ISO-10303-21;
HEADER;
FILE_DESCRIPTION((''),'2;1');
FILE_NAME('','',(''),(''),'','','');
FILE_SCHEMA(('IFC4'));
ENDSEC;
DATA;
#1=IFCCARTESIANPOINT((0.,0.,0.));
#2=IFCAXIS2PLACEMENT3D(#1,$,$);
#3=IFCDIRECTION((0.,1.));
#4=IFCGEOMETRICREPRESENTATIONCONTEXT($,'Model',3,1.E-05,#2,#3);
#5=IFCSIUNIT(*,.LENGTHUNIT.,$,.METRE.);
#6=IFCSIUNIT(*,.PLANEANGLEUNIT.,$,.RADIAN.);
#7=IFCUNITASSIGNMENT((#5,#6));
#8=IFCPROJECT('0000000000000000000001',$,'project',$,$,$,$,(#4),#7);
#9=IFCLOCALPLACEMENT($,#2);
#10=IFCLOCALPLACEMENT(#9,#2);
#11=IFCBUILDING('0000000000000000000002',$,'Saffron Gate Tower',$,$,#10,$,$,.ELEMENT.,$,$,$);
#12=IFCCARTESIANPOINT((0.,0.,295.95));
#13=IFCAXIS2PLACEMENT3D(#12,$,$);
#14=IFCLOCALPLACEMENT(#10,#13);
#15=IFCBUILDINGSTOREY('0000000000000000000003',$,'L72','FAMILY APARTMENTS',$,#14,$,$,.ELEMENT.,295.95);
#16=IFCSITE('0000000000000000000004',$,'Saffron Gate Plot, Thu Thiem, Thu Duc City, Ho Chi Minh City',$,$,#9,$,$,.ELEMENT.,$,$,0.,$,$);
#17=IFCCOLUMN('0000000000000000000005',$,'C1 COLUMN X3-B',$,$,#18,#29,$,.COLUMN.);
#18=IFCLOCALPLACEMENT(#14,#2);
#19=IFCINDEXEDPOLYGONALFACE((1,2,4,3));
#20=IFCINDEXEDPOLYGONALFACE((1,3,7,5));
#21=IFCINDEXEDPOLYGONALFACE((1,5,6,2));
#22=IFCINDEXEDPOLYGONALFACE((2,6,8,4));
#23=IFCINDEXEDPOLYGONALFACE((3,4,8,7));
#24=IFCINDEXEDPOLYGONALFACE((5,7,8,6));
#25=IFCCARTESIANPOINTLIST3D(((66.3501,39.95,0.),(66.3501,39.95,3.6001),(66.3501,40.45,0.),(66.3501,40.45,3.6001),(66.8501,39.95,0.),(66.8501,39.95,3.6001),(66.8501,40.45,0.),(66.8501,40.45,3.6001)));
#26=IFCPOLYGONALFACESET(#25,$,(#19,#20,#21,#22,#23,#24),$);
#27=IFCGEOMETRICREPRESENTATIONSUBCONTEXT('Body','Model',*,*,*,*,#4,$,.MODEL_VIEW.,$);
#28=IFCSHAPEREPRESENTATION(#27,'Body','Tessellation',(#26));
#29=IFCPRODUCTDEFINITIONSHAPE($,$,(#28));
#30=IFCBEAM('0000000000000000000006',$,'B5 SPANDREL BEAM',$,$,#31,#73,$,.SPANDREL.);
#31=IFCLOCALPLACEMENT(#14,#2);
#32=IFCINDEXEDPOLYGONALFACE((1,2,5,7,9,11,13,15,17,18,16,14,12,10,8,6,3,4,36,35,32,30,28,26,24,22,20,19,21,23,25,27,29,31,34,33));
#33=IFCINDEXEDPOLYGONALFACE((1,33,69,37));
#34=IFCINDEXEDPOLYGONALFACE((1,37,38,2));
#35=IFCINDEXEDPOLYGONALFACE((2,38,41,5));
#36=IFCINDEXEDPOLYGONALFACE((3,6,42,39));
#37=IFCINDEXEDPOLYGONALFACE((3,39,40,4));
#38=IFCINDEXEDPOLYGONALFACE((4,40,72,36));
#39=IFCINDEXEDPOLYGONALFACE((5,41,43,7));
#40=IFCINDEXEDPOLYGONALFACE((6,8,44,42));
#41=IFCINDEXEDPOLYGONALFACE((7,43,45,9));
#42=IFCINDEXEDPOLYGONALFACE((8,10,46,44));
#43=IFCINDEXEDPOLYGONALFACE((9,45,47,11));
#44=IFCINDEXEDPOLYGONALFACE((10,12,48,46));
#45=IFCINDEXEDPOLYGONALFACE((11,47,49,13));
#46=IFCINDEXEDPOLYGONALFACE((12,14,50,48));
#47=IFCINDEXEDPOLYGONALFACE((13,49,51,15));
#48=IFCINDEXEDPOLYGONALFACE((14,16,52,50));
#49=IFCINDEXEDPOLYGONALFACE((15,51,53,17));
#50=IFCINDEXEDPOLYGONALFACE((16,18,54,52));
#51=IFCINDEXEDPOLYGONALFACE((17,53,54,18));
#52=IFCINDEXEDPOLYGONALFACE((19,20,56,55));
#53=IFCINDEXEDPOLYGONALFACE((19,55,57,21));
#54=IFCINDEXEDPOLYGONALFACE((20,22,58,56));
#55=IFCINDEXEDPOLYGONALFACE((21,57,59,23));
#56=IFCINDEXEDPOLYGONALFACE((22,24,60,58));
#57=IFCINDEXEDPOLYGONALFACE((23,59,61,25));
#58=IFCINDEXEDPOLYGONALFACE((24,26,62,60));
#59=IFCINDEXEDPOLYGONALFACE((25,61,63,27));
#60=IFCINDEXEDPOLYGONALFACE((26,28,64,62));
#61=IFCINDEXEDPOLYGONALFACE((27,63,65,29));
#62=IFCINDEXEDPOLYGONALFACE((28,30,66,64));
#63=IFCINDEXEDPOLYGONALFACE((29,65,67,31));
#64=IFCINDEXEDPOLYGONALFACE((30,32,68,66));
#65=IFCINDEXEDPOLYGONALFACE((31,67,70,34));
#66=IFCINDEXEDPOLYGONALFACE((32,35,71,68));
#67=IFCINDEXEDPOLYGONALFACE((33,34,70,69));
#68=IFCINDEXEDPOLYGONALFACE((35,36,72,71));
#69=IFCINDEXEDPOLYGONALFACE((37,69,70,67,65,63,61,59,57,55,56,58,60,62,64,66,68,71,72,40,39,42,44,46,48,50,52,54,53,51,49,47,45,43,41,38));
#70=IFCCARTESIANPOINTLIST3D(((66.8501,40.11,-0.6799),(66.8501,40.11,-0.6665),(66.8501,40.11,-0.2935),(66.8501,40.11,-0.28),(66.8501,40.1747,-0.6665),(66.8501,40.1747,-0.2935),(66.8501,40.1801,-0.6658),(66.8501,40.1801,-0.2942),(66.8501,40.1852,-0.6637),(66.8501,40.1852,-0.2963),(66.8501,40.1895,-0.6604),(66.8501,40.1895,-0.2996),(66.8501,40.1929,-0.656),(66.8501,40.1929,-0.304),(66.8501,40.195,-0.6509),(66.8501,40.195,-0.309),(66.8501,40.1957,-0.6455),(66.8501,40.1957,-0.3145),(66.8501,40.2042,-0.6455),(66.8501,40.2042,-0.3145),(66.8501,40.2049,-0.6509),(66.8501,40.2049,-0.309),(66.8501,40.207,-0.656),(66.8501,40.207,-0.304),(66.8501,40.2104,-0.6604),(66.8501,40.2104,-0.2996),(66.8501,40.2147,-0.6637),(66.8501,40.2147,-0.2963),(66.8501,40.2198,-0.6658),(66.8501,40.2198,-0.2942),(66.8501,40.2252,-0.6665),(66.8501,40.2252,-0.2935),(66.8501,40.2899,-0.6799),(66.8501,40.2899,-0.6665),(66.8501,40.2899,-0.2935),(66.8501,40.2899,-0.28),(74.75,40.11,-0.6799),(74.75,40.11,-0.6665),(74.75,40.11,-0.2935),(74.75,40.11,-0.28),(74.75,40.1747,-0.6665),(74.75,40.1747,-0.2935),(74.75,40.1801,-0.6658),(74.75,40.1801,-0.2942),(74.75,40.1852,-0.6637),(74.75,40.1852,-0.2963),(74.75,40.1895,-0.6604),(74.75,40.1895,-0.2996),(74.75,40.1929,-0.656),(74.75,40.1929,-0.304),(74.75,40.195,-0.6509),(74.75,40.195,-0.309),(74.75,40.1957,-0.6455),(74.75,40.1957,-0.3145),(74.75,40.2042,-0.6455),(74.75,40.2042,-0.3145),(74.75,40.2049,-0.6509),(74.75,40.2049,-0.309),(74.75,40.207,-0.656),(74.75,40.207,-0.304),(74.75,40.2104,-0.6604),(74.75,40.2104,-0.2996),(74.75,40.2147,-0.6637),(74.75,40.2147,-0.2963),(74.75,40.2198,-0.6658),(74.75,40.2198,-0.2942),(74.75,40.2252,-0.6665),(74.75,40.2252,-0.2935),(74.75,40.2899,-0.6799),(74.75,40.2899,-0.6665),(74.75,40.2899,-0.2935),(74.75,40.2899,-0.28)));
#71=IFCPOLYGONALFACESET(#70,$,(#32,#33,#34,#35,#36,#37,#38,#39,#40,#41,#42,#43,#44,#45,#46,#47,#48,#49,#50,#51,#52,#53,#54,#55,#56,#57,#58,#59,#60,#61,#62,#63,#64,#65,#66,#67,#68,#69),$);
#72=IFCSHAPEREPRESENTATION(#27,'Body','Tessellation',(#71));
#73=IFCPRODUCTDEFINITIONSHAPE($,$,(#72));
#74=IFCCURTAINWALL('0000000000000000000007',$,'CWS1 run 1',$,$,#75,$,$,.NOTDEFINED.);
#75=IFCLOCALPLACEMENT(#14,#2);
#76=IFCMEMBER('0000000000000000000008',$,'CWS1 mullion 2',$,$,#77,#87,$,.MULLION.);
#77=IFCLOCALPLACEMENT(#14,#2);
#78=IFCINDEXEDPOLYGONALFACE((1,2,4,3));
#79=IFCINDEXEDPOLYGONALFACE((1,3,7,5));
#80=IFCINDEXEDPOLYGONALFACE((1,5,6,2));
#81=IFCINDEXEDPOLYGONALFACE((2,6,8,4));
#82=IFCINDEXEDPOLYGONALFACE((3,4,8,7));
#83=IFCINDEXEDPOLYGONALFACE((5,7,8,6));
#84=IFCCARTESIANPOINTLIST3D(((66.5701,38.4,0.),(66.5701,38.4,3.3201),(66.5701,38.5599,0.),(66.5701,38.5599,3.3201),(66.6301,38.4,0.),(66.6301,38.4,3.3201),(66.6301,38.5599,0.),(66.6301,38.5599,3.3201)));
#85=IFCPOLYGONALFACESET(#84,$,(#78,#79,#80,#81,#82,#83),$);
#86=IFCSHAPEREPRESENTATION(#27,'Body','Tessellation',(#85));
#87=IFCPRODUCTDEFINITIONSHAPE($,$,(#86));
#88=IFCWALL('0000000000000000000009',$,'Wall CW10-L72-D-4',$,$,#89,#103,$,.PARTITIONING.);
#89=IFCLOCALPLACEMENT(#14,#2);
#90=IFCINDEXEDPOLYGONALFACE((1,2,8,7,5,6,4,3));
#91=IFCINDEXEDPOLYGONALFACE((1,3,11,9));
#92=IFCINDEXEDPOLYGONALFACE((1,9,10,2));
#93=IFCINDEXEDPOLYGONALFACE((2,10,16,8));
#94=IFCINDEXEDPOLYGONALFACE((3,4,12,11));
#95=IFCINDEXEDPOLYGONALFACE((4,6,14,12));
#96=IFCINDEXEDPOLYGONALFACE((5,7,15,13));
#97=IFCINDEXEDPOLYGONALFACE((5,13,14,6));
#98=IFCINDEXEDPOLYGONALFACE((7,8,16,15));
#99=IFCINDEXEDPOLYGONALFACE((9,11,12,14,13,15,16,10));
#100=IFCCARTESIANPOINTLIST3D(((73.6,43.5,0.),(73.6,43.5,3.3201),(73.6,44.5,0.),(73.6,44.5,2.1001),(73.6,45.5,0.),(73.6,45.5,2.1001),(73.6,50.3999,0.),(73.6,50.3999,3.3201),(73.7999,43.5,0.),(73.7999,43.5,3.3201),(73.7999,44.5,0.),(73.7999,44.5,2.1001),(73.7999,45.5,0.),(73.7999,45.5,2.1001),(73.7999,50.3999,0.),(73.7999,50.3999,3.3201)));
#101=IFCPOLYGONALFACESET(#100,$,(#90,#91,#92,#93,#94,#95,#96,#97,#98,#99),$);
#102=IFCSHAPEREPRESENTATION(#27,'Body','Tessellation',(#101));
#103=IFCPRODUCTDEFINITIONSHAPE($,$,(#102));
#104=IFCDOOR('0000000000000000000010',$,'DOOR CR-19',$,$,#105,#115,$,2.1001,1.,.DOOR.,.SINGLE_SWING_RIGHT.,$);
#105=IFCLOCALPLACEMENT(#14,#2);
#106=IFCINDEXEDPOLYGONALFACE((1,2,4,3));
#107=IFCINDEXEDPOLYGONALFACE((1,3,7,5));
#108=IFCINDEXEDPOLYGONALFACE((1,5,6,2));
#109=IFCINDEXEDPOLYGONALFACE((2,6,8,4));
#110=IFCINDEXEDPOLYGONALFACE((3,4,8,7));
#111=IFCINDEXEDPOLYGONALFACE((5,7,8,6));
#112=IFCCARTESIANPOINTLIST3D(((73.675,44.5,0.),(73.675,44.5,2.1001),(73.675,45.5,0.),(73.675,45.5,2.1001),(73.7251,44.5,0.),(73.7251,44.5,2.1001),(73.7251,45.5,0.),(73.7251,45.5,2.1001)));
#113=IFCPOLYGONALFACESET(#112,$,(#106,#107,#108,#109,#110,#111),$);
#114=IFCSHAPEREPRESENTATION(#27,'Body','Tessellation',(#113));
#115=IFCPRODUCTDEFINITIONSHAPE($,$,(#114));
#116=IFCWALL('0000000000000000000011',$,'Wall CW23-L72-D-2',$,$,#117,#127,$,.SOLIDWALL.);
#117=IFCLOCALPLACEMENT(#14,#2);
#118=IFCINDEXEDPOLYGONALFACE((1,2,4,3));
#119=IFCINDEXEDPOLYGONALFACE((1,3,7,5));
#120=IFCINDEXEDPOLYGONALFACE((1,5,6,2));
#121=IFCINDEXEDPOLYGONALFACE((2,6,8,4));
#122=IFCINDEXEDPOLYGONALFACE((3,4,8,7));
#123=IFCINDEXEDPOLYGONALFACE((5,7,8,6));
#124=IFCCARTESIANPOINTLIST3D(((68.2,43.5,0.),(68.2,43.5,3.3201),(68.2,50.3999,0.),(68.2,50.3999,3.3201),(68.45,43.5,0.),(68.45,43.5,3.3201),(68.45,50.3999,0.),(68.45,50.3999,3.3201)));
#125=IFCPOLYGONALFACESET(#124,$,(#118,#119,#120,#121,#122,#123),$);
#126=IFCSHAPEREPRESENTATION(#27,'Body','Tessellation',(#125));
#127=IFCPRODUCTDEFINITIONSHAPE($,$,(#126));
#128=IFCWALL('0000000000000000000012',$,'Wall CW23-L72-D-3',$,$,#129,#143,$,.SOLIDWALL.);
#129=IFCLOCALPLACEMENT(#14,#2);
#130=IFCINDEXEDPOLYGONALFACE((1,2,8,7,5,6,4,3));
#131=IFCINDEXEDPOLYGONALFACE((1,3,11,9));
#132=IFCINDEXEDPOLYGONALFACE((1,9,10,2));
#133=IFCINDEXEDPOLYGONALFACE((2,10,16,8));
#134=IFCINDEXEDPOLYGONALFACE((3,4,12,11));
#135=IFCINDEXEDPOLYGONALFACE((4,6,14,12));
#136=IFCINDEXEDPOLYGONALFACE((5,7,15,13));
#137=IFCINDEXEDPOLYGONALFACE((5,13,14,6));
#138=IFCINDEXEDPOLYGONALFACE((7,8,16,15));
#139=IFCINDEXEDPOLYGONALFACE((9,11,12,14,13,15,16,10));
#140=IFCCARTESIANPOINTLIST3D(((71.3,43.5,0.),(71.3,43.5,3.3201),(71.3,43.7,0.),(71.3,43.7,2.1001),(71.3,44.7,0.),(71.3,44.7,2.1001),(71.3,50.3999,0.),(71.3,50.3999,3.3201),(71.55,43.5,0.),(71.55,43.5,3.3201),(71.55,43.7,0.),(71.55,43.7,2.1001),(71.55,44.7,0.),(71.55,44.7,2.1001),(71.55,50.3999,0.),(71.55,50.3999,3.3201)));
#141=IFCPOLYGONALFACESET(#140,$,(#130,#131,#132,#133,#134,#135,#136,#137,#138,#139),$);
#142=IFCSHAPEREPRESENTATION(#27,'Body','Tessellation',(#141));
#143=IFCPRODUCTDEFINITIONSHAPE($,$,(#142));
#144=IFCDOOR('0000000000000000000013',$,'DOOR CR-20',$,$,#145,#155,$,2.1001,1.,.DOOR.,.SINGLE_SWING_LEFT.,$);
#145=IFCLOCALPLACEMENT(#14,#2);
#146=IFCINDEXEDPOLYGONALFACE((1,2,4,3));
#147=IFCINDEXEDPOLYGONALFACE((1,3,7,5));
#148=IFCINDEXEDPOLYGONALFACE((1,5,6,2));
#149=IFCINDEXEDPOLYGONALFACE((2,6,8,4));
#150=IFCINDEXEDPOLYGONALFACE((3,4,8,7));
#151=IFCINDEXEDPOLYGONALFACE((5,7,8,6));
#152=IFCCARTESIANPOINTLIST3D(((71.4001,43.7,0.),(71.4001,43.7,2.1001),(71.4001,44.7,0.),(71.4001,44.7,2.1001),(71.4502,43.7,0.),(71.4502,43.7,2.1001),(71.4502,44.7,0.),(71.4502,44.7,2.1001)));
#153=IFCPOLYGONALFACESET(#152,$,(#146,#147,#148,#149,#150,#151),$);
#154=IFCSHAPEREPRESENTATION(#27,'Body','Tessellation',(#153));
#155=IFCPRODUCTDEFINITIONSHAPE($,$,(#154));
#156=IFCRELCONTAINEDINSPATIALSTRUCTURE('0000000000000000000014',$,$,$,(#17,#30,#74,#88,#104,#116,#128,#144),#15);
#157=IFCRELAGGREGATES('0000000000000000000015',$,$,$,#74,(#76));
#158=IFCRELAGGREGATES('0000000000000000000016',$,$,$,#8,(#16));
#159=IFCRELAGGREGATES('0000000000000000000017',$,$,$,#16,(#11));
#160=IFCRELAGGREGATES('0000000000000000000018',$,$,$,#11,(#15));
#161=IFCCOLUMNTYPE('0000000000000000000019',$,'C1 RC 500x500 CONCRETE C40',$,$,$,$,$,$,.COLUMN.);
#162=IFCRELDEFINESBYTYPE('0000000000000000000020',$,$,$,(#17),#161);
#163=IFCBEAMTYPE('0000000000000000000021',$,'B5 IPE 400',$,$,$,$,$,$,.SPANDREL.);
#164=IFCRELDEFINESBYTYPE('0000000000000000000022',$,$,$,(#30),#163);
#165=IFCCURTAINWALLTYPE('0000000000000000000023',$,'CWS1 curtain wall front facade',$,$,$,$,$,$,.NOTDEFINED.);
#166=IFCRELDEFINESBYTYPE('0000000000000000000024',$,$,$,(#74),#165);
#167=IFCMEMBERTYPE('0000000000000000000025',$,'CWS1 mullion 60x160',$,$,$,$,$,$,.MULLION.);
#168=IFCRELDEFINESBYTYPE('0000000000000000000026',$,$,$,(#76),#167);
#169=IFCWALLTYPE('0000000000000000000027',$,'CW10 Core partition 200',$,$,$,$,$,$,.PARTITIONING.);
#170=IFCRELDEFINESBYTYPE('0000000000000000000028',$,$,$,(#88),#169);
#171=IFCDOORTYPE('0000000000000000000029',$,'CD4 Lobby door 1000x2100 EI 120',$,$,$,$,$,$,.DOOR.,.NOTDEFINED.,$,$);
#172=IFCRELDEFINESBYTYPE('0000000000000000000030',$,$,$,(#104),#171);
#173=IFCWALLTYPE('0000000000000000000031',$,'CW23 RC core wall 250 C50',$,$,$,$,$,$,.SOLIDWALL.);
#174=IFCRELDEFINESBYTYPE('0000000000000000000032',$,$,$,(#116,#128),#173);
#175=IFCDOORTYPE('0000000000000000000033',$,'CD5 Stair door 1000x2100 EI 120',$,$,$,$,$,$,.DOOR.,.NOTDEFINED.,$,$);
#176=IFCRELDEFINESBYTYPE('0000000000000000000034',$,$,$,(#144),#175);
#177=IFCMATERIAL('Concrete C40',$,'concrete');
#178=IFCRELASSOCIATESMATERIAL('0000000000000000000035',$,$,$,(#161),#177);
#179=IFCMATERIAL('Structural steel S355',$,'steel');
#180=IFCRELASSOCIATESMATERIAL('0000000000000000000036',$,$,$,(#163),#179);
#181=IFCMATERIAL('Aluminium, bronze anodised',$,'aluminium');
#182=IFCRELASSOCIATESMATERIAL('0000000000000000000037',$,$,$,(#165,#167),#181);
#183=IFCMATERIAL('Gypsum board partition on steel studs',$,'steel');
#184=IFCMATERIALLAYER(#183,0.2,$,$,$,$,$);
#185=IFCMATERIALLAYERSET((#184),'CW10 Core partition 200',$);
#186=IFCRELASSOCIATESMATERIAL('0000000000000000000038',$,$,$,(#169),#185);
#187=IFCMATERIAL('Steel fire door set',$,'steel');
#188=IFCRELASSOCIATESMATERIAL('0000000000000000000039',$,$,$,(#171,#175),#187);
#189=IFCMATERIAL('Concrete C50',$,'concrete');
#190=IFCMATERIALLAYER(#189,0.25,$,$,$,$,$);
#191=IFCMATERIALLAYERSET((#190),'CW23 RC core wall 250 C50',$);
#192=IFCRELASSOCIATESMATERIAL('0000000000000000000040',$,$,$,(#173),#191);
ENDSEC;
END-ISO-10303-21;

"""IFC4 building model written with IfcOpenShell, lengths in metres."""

from ifc_helpers import new_model, si_unit, direction, frame, frame_2d, origin, origin_2d, place, context, subcontext, project, spatial, rectangle, i_section, extrude, material, layer, layer_set, material_profile, profile_set, type_object, element, fill, aggregate, save


model = new_model("IFC4")

# Units and contexts
model_context = context("Model", 3, precision=1e-05, world=origin(), true_north=direction((0.0, 1.0)))
body_context = subcontext(model_context, "Body", "Model", "MODEL_VIEW")
ifc_project = project(units=[si_unit("LENGTHUNIT", "METRE"), si_unit("PLANEANGLEUNIT", "RADIAN")], contexts=[model_context])

# Site, building, storey
site_placement = place(None, origin())
site = spatial("IfcSite", under=ifc_project, at=site_placement, Name="Saffron Gate Plot, Thu Thiem, Thu Duc City, Ho Chi Minh City", CompositionType="ELEMENT", RefElevation=0.0)
building_placement = place(site_placement, origin())
building = spatial("IfcBuilding", under=site, at=building_placement, Name="Saffron Gate Tower", CompositionType="ELEMENT")
storey_placement = place(building_placement, frame((0.0, 0.0, 295.95)))
storey = spatial("IfcBuildingStorey", under=building, at=storey_placement, Name="L72", Description="FAMILY APARTMENTS", CompositionType="ELEMENT", Elevation=295.95)

# Column
ifc_material_1 = material(Name="Concrete C40", Category="concrete")
ifc_material_profile_1 = material_profile(ifc_material_1, rectangle(XDim=0.5, YDim=0.5, at=origin_2d()))
ifc_profile_set_1 = profile_set([ifc_material_profile_1], Name="Concrete C40")
column_type = type_object("IfcColumnType", Name="C1 RC 500x500 CONCRETE C40", PredefinedType="COLUMN", material=ifc_profile_set_1)
column_placement = place(storey_placement, frame((66.6001, 40.2, 0.0), z_axis=(0.0, 0.0, 1.0), x_axis=(1.0, 0.0, 0.0)))
element("IfcColumn", 1, at=column_placement, inside=storey, type_object=column_type, Name="C1 COLUMN X3-B", PredefinedType="COLUMN", context=body_context, shape_type="SweptSolid", body=[
    extrude(rectangle(XDim=0.5, YDim=0.5, at=origin_2d()), origin(), (0.0, 0.0, 1.0), 3.6001),
])

# Beam
ifc_material_2 = material(Name="Structural steel S355", Category="steel")
ifc_material_profile_2 = material_profile(ifc_material_2, i_section(OverallWidth=0.1799, OverallDepth=0.3999, WebThickness=0.0085, FlangeThickness=0.0134, FilletRadius=0.021, at=origin_2d()))
ifc_profile_set_2 = profile_set([ifc_material_profile_2], Name="Structural steel S355")
beam_type = type_object("IfcBeamType", Name="B5 IPE 400", PredefinedType="SPANDREL", material=ifc_profile_set_2)
beam_placement = place(storey_placement, frame((66.8501, 40.2, -0.48), z_axis=(1.0, 0.0, 0.0), x_axis=(0.0, 1.0, 0.0)))
element("IfcBeam", 2, at=beam_placement, inside=storey, type_object=beam_type, Name="B5 SPANDREL BEAM", PredefinedType="SPANDREL", context=body_context, shape_type="SweptSolid", body=[
    extrude(i_section(OverallWidth=0.1799, OverallDepth=0.3999, WebThickness=0.0085, FlangeThickness=0.0134, FilletRadius=0.021, at=origin_2d()), origin(), (0.0, 0.0, 1.0), 7.8999),
])

# Curtain wall, member
ifc_material_3 = material(Name="Aluminium, bronze anodised", Category="aluminium")
curtain_wall_type = type_object("IfcCurtainWallType", Name="CWS1 curtain wall front facade", PredefinedType="NOTDEFINED", material=ifc_material_3)
curtain_wall_placement = place(storey_placement, origin())
curtain_wall = element("IfcCurtainWall", 3, at=curtain_wall_placement, inside=storey, type_object=curtain_wall_type, Name="CWS1 run 1", PredefinedType="NOTDEFINED")
ifc_material_profile_3 = material_profile(ifc_material_3, rectangle(XDim=0.1599, YDim=0.0601, at=origin_2d()))
ifc_profile_set_3 = profile_set([ifc_material_profile_3], Name="Aluminium, bronze anodised")
member_type = type_object("IfcMemberType", Name="CWS1 mullion 60x160", PredefinedType="MULLION", material=ifc_profile_set_3)
member_placement = place(storey_placement, frame((66.6001, 38.48, 0.0), z_axis=(0.0, 0.0, 1.0), x_axis=(0.0, 1.0, 0.0)))
member = element("IfcMember", 4, at=member_placement, type_object=member_type, Name="CWS1 mullion 2", PredefinedType="MULLION", context=body_context, shape_type="SweptSolid", body=[
    extrude(rectangle(XDim=0.1599, YDim=0.0601, at=origin_2d()), origin(), (0.0, 0.0, 1.0), 3.3201),
])
aggregate(curtain_wall, [member])

# Wall, opening, door
ifc_material_4 = material(Name="Gypsum board partition on steel studs", Category="steel")
ifc_layer_1 = layer(ifc_material_4, 0.2)
ifc_layer_set_1 = layer_set([ifc_layer_1], Name="CW10 Core partition 200")
wall_type_1 = type_object("IfcWallType", Name="CW10 Core partition 200", PredefinedType="PARTITIONING", material=ifc_layer_set_1)
wall_1_placement = place(storey_placement, frame((73.7, 43.5, 0.0), z_axis=(0.0, 0.0, 1.0), x_axis=(0.0, 1.0, 0.0)))
wall_1 = element("IfcWall", 5, at=wall_1_placement, inside=storey, type_object=wall_type_1, Name="Wall CW10-L72-D-4", PredefinedType="PARTITIONING", context=body_context, shape_type="SweptSolid", body=[
    extrude(rectangle(XDim=6.8999, YDim=0.2, at=frame_2d((3.45, 0.0))), origin(), (0.0, 0.0, 1.0), 3.3201),
])
opening_1_placement = place(wall_1_placement, frame((1.0, 0.0, 0.0)))
opening_1 = element("IfcOpeningElement", 6, at=opening_1_placement, cuts=wall_1, PredefinedType="OPENING", context=body_context, shape_type="SweptSolid", body=[
    extrude(rectangle(XDim=1.0, YDim=2.1001, at=frame_2d((0.5, 1.05))), frame((0.0, 0.1099, 0.0), z_axis=(0.0, -1.0, 0.0), x_axis=(1.0, 0.0, 0.0)), (0.0, 0.0, 1.0), 0.22),
])
ifc_material_5 = material(Name="Steel fire door set", Category="steel")
door_type_1 = type_object("IfcDoorType", Name="CD4 Lobby door 1000x2100 EI 120", OperationType="NOTDEFINED", PredefinedType="DOOR", material=ifc_material_5)
door_1_placement = place(opening_1_placement, origin())
door_1 = element("IfcDoor", 7, at=door_1_placement, inside=storey, type_object=door_type_1, Name="DOOR CR-19", OperationType="SINGLE_SWING_RIGHT", OverallHeight=2.1001, OverallWidth=1.0, PredefinedType="DOOR", context=body_context, shape_type="SweptSolid", body=[
    extrude(rectangle(XDim=1.0, YDim=2.1001, at=frame_2d((0.5, 1.05))), frame((0.0, 0.0249, 0.0), z_axis=(0.0, -1.0, 0.0), x_axis=(1.0, 0.0, 0.0)), (0.0, 0.0, 1.0), 0.05),
])
fill(opening_1, door_1)

# Wall
ifc_material_6 = material(Name="Concrete C50", Category="concrete")
ifc_layer_2 = layer(ifc_material_6, 0.25)
ifc_layer_set_2 = layer_set([ifc_layer_2], Name="CW23 RC core wall 250 C50")
wall_type_2 = type_object("IfcWallType", Name="CW23 RC core wall 250 C50", PredefinedType="SOLIDWALL", material=ifc_layer_set_2)
wall_2_placement = place(storey_placement, frame((68.325, 43.5, 0.0), z_axis=(0.0, 0.0, 1.0), x_axis=(0.0, 1.0, 0.0)))
element("IfcWall", 8, at=wall_2_placement, inside=storey, type_object=wall_type_2, Name="Wall CW23-L72-D-2", PredefinedType="SOLIDWALL", context=body_context, shape_type="SweptSolid", body=[
    extrude(rectangle(XDim=6.8999, YDim=0.25, at=frame_2d((3.45, 0.0))), origin(), (0.0, 0.0, 1.0), 3.3201),
])

# Wall, opening, door
wall_3_placement = place(storey_placement, frame((71.425, 43.5, 0.0), z_axis=(0.0, 0.0, 1.0), x_axis=(0.0, 1.0, 0.0)))
wall_3 = element("IfcWall", 9, at=wall_3_placement, inside=storey, type_object=wall_type_2, Name="Wall CW23-L72-D-3", PredefinedType="SOLIDWALL", context=body_context, shape_type="SweptSolid", body=[
    extrude(rectangle(XDim=6.8999, YDim=0.25, at=frame_2d((3.45, 0.0))), origin(), (0.0, 0.0, 1.0), 3.3201),
])
opening_2_placement = place(wall_3_placement, frame((0.2, 0.0, 0.0)))
opening_2 = element("IfcOpeningElement", 10, at=opening_2_placement, cuts=wall_3, PredefinedType="OPENING", context=body_context, shape_type="SweptSolid", body=[
    extrude(rectangle(XDim=1.0, YDim=2.1001, at=frame_2d((0.5, 1.05))), frame((0.0, 0.135, 0.0), z_axis=(0.0, -1.0, 0.0), x_axis=(1.0, 0.0, 0.0)), (0.0, 0.0, 1.0), 0.27),
])
door_type_2 = type_object("IfcDoorType", Name="CD5 Stair door 1000x2100 EI 120", OperationType="NOTDEFINED", PredefinedType="DOOR", material=ifc_material_5)
door_2_placement = place(opening_2_placement, origin())
door_2 = element("IfcDoor", 11, at=door_2_placement, inside=storey, type_object=door_type_2, Name="DOOR CR-20", OperationType="SINGLE_SWING_LEFT", OverallHeight=2.1001, OverallWidth=1.0, PredefinedType="DOOR", context=body_context, shape_type="SweptSolid", body=[
    extrude(rectangle(XDim=1.0, YDim=2.1001, at=frame_2d((0.5, 1.05))), frame((0.0, 0.0249, 0.0), z_axis=(0.0, -1.0, 0.0), x_axis=(1.0, 0.0, 0.0)), (0.0, 0.0, 1.0), 0.05),
])
fill(opening_2, door_2)

save(model, "model.ifc")
